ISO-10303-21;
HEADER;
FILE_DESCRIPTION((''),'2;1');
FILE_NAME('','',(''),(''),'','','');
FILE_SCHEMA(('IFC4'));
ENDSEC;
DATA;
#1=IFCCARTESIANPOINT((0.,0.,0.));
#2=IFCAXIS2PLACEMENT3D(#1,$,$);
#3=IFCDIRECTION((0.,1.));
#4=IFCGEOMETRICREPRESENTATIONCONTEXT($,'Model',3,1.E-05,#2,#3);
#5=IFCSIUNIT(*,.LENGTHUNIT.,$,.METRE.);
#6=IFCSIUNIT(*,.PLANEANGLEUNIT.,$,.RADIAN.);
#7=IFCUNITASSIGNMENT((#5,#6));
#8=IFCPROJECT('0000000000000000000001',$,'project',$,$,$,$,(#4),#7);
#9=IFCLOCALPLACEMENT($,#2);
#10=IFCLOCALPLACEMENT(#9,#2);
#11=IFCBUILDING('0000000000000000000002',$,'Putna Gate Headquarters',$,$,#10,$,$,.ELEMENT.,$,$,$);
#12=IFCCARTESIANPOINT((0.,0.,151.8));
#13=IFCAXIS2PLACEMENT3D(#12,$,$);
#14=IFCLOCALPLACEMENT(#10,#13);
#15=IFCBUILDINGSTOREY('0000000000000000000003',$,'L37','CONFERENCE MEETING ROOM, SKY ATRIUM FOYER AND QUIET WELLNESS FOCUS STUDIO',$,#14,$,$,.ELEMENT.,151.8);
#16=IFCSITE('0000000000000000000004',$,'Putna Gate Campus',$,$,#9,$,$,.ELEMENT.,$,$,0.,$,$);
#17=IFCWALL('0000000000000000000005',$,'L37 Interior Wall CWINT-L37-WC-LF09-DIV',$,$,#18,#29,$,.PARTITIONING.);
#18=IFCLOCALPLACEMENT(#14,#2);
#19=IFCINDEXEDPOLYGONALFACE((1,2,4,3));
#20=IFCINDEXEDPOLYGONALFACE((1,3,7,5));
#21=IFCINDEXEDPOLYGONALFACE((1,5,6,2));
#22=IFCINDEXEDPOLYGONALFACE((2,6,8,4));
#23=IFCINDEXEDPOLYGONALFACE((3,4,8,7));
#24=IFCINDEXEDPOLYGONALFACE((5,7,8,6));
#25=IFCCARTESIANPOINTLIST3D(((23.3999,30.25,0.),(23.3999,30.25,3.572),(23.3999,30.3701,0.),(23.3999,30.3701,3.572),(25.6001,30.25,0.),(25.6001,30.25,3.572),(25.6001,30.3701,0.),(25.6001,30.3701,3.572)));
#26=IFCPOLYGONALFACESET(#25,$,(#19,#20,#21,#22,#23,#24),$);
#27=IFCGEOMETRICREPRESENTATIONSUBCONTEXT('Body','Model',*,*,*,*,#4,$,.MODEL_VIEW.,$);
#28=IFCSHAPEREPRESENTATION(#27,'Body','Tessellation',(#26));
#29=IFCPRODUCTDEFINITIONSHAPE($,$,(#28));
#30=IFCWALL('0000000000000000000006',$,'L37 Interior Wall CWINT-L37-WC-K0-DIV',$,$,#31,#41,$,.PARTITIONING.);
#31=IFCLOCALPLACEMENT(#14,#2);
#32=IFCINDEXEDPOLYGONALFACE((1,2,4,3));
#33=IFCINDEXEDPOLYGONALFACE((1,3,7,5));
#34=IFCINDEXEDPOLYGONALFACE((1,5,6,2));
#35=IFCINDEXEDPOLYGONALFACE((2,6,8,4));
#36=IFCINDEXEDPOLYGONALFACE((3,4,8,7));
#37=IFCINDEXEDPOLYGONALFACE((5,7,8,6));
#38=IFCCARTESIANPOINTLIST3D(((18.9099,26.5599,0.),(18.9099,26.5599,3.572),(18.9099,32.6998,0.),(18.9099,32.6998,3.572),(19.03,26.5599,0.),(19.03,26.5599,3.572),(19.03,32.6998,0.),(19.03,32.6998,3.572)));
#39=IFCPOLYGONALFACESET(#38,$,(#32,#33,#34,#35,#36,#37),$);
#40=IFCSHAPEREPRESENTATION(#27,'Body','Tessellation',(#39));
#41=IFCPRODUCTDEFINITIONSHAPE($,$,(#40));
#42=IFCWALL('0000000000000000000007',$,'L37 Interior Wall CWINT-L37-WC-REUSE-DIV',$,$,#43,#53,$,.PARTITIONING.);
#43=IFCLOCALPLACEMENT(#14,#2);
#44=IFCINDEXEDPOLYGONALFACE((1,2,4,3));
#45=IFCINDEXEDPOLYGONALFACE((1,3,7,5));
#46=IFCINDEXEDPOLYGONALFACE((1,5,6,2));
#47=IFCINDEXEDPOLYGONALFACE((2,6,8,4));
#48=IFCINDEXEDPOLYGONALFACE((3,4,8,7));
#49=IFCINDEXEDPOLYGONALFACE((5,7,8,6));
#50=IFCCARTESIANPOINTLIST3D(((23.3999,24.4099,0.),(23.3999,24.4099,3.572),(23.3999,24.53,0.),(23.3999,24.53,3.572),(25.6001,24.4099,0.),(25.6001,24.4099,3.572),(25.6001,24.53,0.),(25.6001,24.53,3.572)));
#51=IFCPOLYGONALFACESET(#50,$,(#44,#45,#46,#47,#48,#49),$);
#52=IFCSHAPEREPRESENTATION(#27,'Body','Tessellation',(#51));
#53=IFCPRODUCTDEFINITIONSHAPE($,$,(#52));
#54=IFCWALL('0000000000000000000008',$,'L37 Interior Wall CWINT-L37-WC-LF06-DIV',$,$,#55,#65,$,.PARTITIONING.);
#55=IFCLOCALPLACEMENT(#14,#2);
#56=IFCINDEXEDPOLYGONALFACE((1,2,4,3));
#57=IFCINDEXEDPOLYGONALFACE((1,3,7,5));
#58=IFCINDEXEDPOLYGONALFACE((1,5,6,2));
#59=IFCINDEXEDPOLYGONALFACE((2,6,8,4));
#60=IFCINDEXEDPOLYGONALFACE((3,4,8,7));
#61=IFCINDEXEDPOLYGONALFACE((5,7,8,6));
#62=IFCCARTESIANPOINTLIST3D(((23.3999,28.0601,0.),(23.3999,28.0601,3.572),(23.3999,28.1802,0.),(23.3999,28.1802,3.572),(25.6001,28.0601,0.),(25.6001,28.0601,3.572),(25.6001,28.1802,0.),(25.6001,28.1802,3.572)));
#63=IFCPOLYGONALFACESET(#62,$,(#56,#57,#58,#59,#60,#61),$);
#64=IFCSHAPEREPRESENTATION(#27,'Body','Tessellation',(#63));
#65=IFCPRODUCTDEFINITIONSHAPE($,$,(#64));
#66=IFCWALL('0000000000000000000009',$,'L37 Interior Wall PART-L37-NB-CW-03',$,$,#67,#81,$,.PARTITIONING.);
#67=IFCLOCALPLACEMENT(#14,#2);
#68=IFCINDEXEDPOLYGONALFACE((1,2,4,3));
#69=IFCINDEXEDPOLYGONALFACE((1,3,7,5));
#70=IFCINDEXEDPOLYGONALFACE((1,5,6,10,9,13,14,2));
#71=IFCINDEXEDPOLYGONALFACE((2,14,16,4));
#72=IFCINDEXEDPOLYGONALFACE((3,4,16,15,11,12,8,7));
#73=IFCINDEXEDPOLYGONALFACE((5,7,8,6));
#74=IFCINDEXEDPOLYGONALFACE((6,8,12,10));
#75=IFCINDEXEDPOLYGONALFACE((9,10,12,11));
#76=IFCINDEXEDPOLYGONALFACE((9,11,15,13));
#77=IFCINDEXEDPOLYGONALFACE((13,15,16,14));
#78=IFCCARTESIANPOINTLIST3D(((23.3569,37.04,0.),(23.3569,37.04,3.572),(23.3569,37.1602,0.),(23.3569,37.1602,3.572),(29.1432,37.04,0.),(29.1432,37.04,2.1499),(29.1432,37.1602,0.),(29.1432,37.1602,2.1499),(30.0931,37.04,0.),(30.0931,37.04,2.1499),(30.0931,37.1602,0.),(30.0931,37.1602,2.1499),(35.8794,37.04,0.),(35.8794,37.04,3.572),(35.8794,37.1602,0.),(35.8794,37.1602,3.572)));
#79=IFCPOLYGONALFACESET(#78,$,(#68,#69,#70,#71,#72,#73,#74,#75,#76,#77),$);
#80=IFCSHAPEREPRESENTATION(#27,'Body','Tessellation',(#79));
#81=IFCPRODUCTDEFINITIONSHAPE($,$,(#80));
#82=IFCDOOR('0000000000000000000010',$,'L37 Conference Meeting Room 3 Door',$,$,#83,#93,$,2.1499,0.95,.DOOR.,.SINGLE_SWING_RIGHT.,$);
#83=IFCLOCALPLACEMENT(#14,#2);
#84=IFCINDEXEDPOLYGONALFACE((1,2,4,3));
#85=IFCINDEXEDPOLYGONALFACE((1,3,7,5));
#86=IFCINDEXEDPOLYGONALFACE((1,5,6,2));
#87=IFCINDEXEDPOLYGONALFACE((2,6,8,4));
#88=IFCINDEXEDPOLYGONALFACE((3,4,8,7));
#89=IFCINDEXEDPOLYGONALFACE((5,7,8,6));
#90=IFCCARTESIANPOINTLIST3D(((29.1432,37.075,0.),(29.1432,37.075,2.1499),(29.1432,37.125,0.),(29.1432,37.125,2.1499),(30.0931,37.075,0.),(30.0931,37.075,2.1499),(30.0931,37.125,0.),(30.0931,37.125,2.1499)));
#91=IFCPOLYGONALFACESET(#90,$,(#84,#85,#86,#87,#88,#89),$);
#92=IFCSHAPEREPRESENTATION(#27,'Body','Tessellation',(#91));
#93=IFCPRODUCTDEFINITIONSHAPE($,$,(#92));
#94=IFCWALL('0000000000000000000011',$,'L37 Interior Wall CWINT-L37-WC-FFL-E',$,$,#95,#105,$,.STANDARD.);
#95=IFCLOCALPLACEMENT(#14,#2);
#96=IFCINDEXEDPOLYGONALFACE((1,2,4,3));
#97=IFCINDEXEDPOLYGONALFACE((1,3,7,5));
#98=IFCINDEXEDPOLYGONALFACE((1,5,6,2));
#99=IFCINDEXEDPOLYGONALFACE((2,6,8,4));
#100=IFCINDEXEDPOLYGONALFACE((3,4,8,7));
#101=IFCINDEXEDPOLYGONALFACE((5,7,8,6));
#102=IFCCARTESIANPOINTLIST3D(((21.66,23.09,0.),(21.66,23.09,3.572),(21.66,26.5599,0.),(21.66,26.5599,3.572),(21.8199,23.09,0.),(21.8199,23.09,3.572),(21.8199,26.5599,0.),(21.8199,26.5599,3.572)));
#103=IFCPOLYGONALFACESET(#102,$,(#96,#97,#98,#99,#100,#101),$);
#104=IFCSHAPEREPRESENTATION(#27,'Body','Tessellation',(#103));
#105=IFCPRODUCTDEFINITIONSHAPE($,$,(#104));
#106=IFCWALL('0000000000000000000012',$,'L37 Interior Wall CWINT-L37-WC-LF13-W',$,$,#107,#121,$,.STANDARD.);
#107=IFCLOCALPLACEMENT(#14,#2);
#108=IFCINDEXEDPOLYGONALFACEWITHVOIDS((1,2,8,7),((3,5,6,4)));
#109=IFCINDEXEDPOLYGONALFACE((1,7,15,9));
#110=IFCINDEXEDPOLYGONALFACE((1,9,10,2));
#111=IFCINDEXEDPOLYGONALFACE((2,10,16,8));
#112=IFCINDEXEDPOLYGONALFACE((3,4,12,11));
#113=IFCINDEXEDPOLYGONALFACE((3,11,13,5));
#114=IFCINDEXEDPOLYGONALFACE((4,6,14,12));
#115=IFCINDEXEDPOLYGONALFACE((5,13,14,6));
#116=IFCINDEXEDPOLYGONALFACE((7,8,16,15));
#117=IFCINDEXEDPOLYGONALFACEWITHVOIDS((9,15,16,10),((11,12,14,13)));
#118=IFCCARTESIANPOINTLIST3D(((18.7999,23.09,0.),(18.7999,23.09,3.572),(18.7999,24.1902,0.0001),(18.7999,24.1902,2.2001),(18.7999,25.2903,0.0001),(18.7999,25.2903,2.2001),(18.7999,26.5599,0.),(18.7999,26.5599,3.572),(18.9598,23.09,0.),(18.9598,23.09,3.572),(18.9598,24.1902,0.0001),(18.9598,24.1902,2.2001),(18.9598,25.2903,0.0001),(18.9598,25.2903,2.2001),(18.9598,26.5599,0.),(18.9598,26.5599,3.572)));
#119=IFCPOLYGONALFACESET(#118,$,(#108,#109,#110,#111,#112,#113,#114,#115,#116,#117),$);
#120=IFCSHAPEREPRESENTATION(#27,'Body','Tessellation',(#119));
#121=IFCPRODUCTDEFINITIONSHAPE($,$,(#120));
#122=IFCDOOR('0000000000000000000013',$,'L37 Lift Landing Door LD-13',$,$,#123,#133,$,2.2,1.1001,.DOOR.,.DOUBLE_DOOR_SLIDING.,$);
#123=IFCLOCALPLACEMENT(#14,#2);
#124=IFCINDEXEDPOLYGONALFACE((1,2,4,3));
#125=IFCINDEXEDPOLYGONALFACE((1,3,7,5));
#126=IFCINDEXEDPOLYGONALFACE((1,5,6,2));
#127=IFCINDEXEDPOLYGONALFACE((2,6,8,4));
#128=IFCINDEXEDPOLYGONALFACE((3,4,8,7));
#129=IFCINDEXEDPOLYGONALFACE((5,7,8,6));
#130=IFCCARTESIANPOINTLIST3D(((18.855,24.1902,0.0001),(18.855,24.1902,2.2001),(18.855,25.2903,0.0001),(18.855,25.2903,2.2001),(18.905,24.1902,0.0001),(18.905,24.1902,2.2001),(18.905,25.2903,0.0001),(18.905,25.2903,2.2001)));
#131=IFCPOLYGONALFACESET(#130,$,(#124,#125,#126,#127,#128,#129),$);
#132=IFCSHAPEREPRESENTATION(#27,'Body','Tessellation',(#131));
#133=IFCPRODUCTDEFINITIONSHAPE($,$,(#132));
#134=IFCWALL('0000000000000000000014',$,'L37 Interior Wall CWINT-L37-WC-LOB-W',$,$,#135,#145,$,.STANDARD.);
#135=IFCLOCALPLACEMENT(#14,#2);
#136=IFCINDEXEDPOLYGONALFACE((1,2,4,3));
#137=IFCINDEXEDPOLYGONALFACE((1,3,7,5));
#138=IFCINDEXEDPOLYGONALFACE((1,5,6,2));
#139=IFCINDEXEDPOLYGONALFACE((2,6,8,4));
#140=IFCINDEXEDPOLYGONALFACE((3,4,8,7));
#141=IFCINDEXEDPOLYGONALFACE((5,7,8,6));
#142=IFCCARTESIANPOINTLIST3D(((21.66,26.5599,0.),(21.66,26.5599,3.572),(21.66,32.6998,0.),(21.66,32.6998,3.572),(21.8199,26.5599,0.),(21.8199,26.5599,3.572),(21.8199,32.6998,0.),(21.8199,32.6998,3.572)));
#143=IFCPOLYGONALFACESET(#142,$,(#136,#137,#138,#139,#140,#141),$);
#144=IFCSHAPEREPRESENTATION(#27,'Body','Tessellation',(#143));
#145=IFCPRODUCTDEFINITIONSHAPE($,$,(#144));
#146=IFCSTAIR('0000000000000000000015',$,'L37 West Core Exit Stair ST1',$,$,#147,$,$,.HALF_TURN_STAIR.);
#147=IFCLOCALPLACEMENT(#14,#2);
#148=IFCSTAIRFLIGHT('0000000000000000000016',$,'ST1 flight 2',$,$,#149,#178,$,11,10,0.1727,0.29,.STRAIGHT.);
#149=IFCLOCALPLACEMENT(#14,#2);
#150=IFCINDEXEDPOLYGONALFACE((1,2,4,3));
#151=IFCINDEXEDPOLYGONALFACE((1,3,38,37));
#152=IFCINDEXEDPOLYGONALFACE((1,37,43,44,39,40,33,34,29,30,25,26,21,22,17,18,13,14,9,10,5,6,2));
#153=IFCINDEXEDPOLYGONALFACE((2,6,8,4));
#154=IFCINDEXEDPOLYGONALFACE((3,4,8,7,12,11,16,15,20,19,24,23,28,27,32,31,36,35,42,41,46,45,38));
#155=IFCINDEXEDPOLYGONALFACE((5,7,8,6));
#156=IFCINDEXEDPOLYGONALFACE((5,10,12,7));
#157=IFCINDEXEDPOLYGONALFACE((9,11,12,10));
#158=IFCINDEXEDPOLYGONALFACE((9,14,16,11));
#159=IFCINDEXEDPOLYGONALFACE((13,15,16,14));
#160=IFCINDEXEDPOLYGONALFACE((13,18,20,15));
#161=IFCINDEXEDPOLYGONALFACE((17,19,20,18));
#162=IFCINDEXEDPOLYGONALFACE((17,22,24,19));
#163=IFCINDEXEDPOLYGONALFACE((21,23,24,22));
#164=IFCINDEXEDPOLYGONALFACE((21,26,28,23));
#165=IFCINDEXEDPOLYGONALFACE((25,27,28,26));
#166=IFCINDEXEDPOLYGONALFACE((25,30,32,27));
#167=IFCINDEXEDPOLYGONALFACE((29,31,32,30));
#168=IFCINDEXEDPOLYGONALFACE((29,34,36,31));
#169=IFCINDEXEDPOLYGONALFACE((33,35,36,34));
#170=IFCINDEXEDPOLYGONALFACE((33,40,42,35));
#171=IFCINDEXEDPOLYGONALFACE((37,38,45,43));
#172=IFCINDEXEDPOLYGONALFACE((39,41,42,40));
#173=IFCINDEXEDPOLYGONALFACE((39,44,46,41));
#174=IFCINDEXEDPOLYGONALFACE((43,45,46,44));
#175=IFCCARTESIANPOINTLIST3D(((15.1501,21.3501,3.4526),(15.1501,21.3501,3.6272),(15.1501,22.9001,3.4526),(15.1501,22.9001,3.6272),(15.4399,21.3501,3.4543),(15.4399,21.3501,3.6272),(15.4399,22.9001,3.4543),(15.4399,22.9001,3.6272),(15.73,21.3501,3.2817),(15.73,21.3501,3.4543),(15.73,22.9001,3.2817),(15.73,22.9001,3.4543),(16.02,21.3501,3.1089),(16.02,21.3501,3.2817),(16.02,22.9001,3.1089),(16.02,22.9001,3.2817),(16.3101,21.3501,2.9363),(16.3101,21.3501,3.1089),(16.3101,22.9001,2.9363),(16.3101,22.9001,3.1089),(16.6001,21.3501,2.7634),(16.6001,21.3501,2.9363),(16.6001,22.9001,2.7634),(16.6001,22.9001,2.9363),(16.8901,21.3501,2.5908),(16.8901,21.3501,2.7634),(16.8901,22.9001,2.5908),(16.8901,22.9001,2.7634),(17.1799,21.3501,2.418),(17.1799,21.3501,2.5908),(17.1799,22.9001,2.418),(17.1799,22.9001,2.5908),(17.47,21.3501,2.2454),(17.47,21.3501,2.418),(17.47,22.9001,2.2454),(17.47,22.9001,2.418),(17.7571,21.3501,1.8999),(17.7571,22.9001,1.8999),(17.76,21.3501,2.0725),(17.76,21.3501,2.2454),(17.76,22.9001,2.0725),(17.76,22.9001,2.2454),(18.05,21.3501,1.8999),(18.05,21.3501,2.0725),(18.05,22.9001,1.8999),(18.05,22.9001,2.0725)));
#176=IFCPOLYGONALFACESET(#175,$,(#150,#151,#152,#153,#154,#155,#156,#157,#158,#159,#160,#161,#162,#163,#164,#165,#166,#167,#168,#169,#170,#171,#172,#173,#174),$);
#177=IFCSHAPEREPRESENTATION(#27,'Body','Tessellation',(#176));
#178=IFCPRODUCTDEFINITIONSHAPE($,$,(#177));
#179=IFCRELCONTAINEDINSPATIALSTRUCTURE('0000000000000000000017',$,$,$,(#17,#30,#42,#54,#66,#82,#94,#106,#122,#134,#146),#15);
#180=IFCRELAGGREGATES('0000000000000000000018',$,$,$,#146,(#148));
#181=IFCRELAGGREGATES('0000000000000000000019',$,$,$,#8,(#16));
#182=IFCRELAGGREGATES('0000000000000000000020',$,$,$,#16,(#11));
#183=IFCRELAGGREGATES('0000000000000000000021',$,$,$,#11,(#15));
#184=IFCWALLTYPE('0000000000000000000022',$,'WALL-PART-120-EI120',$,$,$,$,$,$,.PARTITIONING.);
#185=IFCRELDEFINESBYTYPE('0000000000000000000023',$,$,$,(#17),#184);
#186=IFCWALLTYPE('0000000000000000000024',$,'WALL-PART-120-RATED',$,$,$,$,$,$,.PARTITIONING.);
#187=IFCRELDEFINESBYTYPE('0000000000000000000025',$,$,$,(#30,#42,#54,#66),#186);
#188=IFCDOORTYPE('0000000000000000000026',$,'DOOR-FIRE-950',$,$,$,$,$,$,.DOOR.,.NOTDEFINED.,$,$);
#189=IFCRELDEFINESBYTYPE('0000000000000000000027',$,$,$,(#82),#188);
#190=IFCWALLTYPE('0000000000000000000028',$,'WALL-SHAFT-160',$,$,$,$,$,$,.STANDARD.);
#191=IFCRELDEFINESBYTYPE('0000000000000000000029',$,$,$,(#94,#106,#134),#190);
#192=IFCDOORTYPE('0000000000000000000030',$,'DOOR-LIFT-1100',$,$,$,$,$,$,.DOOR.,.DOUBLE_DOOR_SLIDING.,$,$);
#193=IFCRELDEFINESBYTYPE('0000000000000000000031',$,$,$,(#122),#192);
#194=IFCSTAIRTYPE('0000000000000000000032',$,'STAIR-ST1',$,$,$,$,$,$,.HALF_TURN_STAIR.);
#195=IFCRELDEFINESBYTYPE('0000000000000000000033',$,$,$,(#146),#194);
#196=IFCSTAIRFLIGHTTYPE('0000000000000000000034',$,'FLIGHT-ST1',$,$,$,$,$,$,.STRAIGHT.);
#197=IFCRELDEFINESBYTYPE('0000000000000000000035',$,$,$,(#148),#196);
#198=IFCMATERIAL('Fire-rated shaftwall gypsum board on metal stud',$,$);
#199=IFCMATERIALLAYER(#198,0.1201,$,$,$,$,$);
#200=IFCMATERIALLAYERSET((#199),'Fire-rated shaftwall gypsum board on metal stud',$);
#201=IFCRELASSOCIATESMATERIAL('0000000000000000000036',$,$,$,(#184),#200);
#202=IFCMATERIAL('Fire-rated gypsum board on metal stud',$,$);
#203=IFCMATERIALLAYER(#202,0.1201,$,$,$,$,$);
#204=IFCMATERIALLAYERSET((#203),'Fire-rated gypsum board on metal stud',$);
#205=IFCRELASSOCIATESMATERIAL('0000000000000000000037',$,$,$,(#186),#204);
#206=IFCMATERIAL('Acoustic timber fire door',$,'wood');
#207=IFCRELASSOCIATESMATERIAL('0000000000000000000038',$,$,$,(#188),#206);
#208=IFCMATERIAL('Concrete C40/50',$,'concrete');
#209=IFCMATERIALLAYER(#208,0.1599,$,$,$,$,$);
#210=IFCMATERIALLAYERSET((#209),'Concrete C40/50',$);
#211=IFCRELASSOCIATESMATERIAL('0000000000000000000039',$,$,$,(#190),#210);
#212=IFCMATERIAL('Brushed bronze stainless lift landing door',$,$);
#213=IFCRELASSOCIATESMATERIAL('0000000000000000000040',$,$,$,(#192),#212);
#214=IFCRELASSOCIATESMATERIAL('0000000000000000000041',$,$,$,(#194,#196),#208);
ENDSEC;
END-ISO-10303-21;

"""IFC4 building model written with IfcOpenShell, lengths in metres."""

from ifc_helpers import new_model, si_unit, direction, frame, frame_2d, origin, place, context, subcontext, project, spatial, polyline, rectangle, outline, extrude, material, layer, layer_set, type_object, element, fill, aggregate, save


model = new_model("IFC4")

# Units and contexts
model_context = context("Model", 3, precision=1e-05, world=origin(), true_north=direction((0.0, 1.0)))
body_context = subcontext(model_context, "Body", "Model", "MODEL_VIEW")
ifc_project = project(units=[si_unit("LENGTHUNIT", "METRE"), si_unit("PLANEANGLEUNIT", "RADIAN")], contexts=[model_context])

# Site, building, storey
site_placement = place(None, origin())
site = spatial("IfcSite", under=ifc_project, at=site_placement, Name="Putna Gate Campus", CompositionType="ELEMENT", RefElevation=0.0)
building_placement = place(site_placement, origin())
building = spatial("IfcBuilding", under=site, at=building_placement, Name="Putna Gate Headquarters", CompositionType="ELEMENT")
storey_placement = place(building_placement, frame((0.0, 0.0, 151.8)))
storey = spatial("IfcBuildingStorey", under=building, at=storey_placement, Name="L37", Description="CONFERENCE MEETING ROOM, SKY ATRIUM FOYER AND QUIET WELLNESS FOCUS STUDIO", CompositionType="ELEMENT", Elevation=151.8)

# Walls
ifc_material_1 = material(Name="Fire-rated shaftwall gypsum board on metal stud")
ifc_layer_1 = layer(ifc_material_1, 0.1201)
ifc_layer_set_1 = layer_set([ifc_layer_1], Name="Fire-rated shaftwall gypsum board on metal stud")
wall_type_1 = type_object("IfcWallType", Name="WALL-PART-120-EI120", PredefinedType="PARTITIONING", material=ifc_layer_set_1)
wall_1_placement = place(storey_placement, frame((23.3999, 30.3101, 0.0), z_axis=(0.0, 0.0, 1.0), x_axis=(1.0, 0.0, 0.0)))
element("IfcWall", 1, at=wall_1_placement, inside=storey, type_object=wall_type_1, Name="L37 Interior Wall CWINT-L37-WC-LF09-DIV", PredefinedType="PARTITIONING", context=body_context, shape_type="SweptSolid", body=[
    extrude(rectangle(XDim=2.2002, YDim=0.1201, at=frame_2d((1.1001, 0.0))), origin(), (0.0, 0.0, 1.0), 3.572),
])
ifc_material_2 = material(Name="Fire-rated gypsum board on metal stud")
ifc_layer_2 = layer(ifc_material_2, 0.1201)
ifc_layer_set_2 = layer_set([ifc_layer_2], Name="Fire-rated gypsum board on metal stud")
wall_type_2 = type_object("IfcWallType", Name="WALL-PART-120-RATED", PredefinedType="PARTITIONING", material=ifc_layer_set_2)
wall_2_placement = place(storey_placement, frame((18.97, 26.5601, 0.0), z_axis=(0.0, 0.0, 1.0), x_axis=(0.0, 1.0, 0.0)))
element("IfcWall", 2, at=wall_2_placement, inside=storey, type_object=wall_type_2, Name="L37 Interior Wall CWINT-L37-WC-K0-DIV", PredefinedType="PARTITIONING", context=body_context, shape_type="SweptSolid", body=[
    extrude(rectangle(XDim=6.1399, YDim=0.1201, at=frame_2d((3.0698, 0.0))), origin(), (0.0, 0.0, 1.0), 3.572),
])
for number, where, z_axis, x_axis, name in (
    (3, (23.3999, 24.47, 0.0), (0.0, 0.0, 1.0), (1.0, 0.0, 0.0), "L37 Interior Wall CWINT-L37-WC-REUSE-DIV"),
    (4, (23.3999, 28.1201, 0.0), (0.0, 0.0, 1.0), (1.0, 0.0, 0.0), "L37 Interior Wall CWINT-L37-WC-LF06-DIV"),
):
    element("IfcWall", number, at=place(storey_placement, frame(where, z_axis=z_axis, x_axis=x_axis)), inside=storey, type_object=wall_type_2, Name=name, PredefinedType="PARTITIONING", context=body_context, shape_type="SweptSolid", body=[
        extrude(rectangle(XDim=2.2002, YDim=0.1201, at=frame_2d((1.1001, 0.0))), origin(), (0.0, 0.0, 1.0), 3.572),
    ])

# Wall, opening, door
wall_3_placement = place(storey_placement, frame((23.3569, 37.1001, 0.0), z_axis=(0.0, 0.0, 1.0), x_axis=(1.0, 0.0, 0.0)))
wall_3 = element("IfcWall", 5, at=wall_3_placement, inside=storey, type_object=wall_type_2, Name="L37 Interior Wall PART-L37-NB-CW-03", PredefinedType="PARTITIONING", context=body_context, shape_type="SweptSolid", body=[
    extrude(rectangle(XDim=12.5225, YDim=0.1201, at=frame_2d((6.2612, 0.0))), origin(), (0.0, 0.0, 1.0), 3.572),
])
opening_1_placement = place(wall_3_placement, frame((5.7861, 0.0, 0.0)))
opening_1 = element("IfcOpeningElement", 6, at=opening_1_placement, cuts=wall_3, PredefinedType="OPENING", context=body_context, shape_type="SweptSolid", body=[
    extrude(rectangle(XDim=0.95, YDim=2.1499, at=frame_2d((0.4751, 1.075))), frame((0.0, 0.0701, 0.0), z_axis=(0.0, -1.0, 0.0), x_axis=(1.0, 0.0, 0.0)), (0.0, 0.0, 1.0), 0.1401),
])
ifc_material_3 = material(Name="Acoustic timber fire door", Category="wood")
door_type_1 = type_object("IfcDoorType", Name="DOOR-FIRE-950", OperationType="NOTDEFINED", PredefinedType="DOOR", material=ifc_material_3)
door_1_placement = place(opening_1_placement, origin())
door_1 = element("IfcDoor", 7, at=door_1_placement, inside=storey, type_object=door_type_1, Name="L37 Conference Meeting Room 3 Door", OperationType="SINGLE_SWING_RIGHT", OverallHeight=2.1499, OverallWidth=0.95, PredefinedType="DOOR", context=body_context, shape_type="SweptSolid", body=[
    extrude(rectangle(XDim=0.95, YDim=2.1499, at=frame_2d((0.4751, 1.075))), frame((0.0, 0.0249, 0.0), z_axis=(0.0, -1.0, 0.0), x_axis=(1.0, 0.0, 0.0)), (0.0, 0.0, 1.0), 0.05),
])
fill(opening_1, door_1)

# Wall
ifc_material_4 = material(Name="Concrete C40/50", Category="concrete")
ifc_layer_3 = layer(ifc_material_4, 0.1599)
ifc_layer_set_3 = layer_set([ifc_layer_3], Name="Concrete C40/50")
wall_type_3 = type_object("IfcWallType", Name="WALL-SHAFT-160", PredefinedType="STANDARD", material=ifc_layer_set_3)
wall_4_placement = place(storey_placement, frame((21.74, 23.0901, 0.0), z_axis=(0.0, 0.0, 1.0), x_axis=(0.0, 1.0, 0.0)))
element("IfcWall", 8, at=wall_4_placement, inside=storey, type_object=wall_type_3, Name="L37 Interior Wall CWINT-L37-WC-FFL-E", PredefinedType="STANDARD", context=body_context, shape_type="SweptSolid", body=[
    extrude(rectangle(XDim=3.47, YDim=0.1599, at=frame_2d((1.7349, 0.0))), origin(), (0.0, 0.0, 1.0), 3.572),
])

# Wall, opening, door
wall_5_placement = place(storey_placement, frame((18.8799, 23.0901, 0.0), z_axis=(0.0, 0.0, 1.0), x_axis=(0.0, 1.0, 0.0)))
wall_5 = element("IfcWall", 9, at=wall_5_placement, inside=storey, type_object=wall_type_3, Name="L37 Interior Wall CWINT-L37-WC-LF13-W", PredefinedType="STANDARD", context=body_context, shape_type="SweptSolid", body=[
    extrude(rectangle(XDim=3.47, YDim=0.1599, at=frame_2d((1.7349, 0.0))), origin(), (0.0, 0.0, 1.0), 3.572),
])
opening_2_placement = place(wall_5_placement, frame((1.1001, 0.0, 0.0)))
opening_2 = element("IfcOpeningElement", 10, at=opening_2_placement, cuts=wall_5, PredefinedType="OPENING", context=body_context, shape_type="SweptSolid", body=[
    extrude(rectangle(XDim=1.1001, YDim=2.2, at=frame_2d((0.55, 1.1001))), frame((0.0, 0.0898, 0.0), z_axis=(0.0, -1.0, 0.0), x_axis=(1.0, 0.0, 0.0)), (0.0, 0.0, 1.0), 0.1799),
])
ifc_material_5 = material(Name="Brushed bronze stainless lift landing door")
door_type_2 = type_object("IfcDoorType", Name="DOOR-LIFT-1100", OperationType="DOUBLE_DOOR_SLIDING", PredefinedType="DOOR", material=ifc_material_5)
door_2_placement = place(opening_2_placement, origin())
door_2 = element("IfcDoor", 11, at=door_2_placement, inside=storey, type_object=door_type_2, Name="L37 Lift Landing Door LD-13", OperationType="DOUBLE_DOOR_SLIDING", OverallHeight=2.2, OverallWidth=1.1001, PredefinedType="DOOR", context=body_context, shape_type="SweptSolid", body=[
    extrude(rectangle(XDim=1.1001, YDim=2.2, at=frame_2d((0.55, 1.1001))), frame((0.0, 0.0249, 0.0), z_axis=(0.0, -1.0, 0.0), x_axis=(1.0, 0.0, 0.0)), (0.0, 0.0, 1.0), 0.05),
])
fill(opening_2, door_2)

# Wall
wall_6_placement = place(storey_placement, frame((21.74, 26.5601, 0.0), z_axis=(0.0, 0.0, 1.0), x_axis=(0.0, 1.0, 0.0)))
element("IfcWall", 12, at=wall_6_placement, inside=storey, type_object=wall_type_3, Name="L37 Interior Wall CWINT-L37-WC-LOB-W", PredefinedType="STANDARD", context=body_context, shape_type="SweptSolid", body=[
    extrude(rectangle(XDim=6.1399, YDim=0.1599, at=frame_2d((3.0698, 0.0))), origin(), (0.0, 0.0, 1.0), 3.572),
])

# Stair, stair flight
stair_type = type_object("IfcStairType", Name="STAIR-ST1", PredefinedType="HALF_TURN_STAIR", material=ifc_material_4)
stair_placement = place(storey_placement, origin())
stair = element("IfcStair", 13, at=stair_placement, inside=storey, type_object=stair_type, Name="L37 West Core Exit Stair ST1", PredefinedType="HALF_TURN_STAIR")
stair_flight_type = type_object("IfcStairFlightType", Name="FLIGHT-ST1", PredefinedType="STRAIGHT", material=ifc_material_4)
stair_flight_placement = place(storey_placement, frame((18.05, 22.125, 1.8999), z_axis=(0.0, 0.0, 1.0), x_axis=(-1.0, 0.0, 0.0)))
stair_flight = element("IfcStairFlight", 14, at=stair_flight_placement, type_object=stair_flight_type, Name="ST1 flight 2", NumberOfRisers=11, NumberOfTreads=10, PredefinedType="STRAIGHT", RiserHeight=0.1727, TreadLength=0.29, context=body_context, shape_type="SweptSolid", body=[
    extrude(outline(polyline([(0.0, 0.0), (0.0, 0.1726), (0.29, 0.1726), (0.29, 0.3455), (0.5801, 0.3455), (0.5801, 0.5181), (0.8701, 0.5181), (0.8701, 0.6909), (1.1599, 0.6909), (1.1599, 0.8635), (1.45, 0.8635), (1.45, 1.0364), (1.74, 1.0364), (1.74, 1.209), (2.03, 1.209), (2.03, 1.3818), (2.3201, 1.3818), (2.3201, 1.5544), (2.6101, 1.5544), (2.6101, 1.7273), (2.8999, 1.7273), (2.8999, 1.8999), (2.8999, 1.5527), (0.293, 0.0), (0.0, 0.0)])), frame((0.0, 0.7749, 0.0), z_axis=(0.0, -1.0, 0.0), x_axis=(1.0, 0.0, 0.0)), (0.0, 0.0, 1.0), 1.55),
])
aggregate(stair, [stair_flight])

save(model, "model.ifc")
